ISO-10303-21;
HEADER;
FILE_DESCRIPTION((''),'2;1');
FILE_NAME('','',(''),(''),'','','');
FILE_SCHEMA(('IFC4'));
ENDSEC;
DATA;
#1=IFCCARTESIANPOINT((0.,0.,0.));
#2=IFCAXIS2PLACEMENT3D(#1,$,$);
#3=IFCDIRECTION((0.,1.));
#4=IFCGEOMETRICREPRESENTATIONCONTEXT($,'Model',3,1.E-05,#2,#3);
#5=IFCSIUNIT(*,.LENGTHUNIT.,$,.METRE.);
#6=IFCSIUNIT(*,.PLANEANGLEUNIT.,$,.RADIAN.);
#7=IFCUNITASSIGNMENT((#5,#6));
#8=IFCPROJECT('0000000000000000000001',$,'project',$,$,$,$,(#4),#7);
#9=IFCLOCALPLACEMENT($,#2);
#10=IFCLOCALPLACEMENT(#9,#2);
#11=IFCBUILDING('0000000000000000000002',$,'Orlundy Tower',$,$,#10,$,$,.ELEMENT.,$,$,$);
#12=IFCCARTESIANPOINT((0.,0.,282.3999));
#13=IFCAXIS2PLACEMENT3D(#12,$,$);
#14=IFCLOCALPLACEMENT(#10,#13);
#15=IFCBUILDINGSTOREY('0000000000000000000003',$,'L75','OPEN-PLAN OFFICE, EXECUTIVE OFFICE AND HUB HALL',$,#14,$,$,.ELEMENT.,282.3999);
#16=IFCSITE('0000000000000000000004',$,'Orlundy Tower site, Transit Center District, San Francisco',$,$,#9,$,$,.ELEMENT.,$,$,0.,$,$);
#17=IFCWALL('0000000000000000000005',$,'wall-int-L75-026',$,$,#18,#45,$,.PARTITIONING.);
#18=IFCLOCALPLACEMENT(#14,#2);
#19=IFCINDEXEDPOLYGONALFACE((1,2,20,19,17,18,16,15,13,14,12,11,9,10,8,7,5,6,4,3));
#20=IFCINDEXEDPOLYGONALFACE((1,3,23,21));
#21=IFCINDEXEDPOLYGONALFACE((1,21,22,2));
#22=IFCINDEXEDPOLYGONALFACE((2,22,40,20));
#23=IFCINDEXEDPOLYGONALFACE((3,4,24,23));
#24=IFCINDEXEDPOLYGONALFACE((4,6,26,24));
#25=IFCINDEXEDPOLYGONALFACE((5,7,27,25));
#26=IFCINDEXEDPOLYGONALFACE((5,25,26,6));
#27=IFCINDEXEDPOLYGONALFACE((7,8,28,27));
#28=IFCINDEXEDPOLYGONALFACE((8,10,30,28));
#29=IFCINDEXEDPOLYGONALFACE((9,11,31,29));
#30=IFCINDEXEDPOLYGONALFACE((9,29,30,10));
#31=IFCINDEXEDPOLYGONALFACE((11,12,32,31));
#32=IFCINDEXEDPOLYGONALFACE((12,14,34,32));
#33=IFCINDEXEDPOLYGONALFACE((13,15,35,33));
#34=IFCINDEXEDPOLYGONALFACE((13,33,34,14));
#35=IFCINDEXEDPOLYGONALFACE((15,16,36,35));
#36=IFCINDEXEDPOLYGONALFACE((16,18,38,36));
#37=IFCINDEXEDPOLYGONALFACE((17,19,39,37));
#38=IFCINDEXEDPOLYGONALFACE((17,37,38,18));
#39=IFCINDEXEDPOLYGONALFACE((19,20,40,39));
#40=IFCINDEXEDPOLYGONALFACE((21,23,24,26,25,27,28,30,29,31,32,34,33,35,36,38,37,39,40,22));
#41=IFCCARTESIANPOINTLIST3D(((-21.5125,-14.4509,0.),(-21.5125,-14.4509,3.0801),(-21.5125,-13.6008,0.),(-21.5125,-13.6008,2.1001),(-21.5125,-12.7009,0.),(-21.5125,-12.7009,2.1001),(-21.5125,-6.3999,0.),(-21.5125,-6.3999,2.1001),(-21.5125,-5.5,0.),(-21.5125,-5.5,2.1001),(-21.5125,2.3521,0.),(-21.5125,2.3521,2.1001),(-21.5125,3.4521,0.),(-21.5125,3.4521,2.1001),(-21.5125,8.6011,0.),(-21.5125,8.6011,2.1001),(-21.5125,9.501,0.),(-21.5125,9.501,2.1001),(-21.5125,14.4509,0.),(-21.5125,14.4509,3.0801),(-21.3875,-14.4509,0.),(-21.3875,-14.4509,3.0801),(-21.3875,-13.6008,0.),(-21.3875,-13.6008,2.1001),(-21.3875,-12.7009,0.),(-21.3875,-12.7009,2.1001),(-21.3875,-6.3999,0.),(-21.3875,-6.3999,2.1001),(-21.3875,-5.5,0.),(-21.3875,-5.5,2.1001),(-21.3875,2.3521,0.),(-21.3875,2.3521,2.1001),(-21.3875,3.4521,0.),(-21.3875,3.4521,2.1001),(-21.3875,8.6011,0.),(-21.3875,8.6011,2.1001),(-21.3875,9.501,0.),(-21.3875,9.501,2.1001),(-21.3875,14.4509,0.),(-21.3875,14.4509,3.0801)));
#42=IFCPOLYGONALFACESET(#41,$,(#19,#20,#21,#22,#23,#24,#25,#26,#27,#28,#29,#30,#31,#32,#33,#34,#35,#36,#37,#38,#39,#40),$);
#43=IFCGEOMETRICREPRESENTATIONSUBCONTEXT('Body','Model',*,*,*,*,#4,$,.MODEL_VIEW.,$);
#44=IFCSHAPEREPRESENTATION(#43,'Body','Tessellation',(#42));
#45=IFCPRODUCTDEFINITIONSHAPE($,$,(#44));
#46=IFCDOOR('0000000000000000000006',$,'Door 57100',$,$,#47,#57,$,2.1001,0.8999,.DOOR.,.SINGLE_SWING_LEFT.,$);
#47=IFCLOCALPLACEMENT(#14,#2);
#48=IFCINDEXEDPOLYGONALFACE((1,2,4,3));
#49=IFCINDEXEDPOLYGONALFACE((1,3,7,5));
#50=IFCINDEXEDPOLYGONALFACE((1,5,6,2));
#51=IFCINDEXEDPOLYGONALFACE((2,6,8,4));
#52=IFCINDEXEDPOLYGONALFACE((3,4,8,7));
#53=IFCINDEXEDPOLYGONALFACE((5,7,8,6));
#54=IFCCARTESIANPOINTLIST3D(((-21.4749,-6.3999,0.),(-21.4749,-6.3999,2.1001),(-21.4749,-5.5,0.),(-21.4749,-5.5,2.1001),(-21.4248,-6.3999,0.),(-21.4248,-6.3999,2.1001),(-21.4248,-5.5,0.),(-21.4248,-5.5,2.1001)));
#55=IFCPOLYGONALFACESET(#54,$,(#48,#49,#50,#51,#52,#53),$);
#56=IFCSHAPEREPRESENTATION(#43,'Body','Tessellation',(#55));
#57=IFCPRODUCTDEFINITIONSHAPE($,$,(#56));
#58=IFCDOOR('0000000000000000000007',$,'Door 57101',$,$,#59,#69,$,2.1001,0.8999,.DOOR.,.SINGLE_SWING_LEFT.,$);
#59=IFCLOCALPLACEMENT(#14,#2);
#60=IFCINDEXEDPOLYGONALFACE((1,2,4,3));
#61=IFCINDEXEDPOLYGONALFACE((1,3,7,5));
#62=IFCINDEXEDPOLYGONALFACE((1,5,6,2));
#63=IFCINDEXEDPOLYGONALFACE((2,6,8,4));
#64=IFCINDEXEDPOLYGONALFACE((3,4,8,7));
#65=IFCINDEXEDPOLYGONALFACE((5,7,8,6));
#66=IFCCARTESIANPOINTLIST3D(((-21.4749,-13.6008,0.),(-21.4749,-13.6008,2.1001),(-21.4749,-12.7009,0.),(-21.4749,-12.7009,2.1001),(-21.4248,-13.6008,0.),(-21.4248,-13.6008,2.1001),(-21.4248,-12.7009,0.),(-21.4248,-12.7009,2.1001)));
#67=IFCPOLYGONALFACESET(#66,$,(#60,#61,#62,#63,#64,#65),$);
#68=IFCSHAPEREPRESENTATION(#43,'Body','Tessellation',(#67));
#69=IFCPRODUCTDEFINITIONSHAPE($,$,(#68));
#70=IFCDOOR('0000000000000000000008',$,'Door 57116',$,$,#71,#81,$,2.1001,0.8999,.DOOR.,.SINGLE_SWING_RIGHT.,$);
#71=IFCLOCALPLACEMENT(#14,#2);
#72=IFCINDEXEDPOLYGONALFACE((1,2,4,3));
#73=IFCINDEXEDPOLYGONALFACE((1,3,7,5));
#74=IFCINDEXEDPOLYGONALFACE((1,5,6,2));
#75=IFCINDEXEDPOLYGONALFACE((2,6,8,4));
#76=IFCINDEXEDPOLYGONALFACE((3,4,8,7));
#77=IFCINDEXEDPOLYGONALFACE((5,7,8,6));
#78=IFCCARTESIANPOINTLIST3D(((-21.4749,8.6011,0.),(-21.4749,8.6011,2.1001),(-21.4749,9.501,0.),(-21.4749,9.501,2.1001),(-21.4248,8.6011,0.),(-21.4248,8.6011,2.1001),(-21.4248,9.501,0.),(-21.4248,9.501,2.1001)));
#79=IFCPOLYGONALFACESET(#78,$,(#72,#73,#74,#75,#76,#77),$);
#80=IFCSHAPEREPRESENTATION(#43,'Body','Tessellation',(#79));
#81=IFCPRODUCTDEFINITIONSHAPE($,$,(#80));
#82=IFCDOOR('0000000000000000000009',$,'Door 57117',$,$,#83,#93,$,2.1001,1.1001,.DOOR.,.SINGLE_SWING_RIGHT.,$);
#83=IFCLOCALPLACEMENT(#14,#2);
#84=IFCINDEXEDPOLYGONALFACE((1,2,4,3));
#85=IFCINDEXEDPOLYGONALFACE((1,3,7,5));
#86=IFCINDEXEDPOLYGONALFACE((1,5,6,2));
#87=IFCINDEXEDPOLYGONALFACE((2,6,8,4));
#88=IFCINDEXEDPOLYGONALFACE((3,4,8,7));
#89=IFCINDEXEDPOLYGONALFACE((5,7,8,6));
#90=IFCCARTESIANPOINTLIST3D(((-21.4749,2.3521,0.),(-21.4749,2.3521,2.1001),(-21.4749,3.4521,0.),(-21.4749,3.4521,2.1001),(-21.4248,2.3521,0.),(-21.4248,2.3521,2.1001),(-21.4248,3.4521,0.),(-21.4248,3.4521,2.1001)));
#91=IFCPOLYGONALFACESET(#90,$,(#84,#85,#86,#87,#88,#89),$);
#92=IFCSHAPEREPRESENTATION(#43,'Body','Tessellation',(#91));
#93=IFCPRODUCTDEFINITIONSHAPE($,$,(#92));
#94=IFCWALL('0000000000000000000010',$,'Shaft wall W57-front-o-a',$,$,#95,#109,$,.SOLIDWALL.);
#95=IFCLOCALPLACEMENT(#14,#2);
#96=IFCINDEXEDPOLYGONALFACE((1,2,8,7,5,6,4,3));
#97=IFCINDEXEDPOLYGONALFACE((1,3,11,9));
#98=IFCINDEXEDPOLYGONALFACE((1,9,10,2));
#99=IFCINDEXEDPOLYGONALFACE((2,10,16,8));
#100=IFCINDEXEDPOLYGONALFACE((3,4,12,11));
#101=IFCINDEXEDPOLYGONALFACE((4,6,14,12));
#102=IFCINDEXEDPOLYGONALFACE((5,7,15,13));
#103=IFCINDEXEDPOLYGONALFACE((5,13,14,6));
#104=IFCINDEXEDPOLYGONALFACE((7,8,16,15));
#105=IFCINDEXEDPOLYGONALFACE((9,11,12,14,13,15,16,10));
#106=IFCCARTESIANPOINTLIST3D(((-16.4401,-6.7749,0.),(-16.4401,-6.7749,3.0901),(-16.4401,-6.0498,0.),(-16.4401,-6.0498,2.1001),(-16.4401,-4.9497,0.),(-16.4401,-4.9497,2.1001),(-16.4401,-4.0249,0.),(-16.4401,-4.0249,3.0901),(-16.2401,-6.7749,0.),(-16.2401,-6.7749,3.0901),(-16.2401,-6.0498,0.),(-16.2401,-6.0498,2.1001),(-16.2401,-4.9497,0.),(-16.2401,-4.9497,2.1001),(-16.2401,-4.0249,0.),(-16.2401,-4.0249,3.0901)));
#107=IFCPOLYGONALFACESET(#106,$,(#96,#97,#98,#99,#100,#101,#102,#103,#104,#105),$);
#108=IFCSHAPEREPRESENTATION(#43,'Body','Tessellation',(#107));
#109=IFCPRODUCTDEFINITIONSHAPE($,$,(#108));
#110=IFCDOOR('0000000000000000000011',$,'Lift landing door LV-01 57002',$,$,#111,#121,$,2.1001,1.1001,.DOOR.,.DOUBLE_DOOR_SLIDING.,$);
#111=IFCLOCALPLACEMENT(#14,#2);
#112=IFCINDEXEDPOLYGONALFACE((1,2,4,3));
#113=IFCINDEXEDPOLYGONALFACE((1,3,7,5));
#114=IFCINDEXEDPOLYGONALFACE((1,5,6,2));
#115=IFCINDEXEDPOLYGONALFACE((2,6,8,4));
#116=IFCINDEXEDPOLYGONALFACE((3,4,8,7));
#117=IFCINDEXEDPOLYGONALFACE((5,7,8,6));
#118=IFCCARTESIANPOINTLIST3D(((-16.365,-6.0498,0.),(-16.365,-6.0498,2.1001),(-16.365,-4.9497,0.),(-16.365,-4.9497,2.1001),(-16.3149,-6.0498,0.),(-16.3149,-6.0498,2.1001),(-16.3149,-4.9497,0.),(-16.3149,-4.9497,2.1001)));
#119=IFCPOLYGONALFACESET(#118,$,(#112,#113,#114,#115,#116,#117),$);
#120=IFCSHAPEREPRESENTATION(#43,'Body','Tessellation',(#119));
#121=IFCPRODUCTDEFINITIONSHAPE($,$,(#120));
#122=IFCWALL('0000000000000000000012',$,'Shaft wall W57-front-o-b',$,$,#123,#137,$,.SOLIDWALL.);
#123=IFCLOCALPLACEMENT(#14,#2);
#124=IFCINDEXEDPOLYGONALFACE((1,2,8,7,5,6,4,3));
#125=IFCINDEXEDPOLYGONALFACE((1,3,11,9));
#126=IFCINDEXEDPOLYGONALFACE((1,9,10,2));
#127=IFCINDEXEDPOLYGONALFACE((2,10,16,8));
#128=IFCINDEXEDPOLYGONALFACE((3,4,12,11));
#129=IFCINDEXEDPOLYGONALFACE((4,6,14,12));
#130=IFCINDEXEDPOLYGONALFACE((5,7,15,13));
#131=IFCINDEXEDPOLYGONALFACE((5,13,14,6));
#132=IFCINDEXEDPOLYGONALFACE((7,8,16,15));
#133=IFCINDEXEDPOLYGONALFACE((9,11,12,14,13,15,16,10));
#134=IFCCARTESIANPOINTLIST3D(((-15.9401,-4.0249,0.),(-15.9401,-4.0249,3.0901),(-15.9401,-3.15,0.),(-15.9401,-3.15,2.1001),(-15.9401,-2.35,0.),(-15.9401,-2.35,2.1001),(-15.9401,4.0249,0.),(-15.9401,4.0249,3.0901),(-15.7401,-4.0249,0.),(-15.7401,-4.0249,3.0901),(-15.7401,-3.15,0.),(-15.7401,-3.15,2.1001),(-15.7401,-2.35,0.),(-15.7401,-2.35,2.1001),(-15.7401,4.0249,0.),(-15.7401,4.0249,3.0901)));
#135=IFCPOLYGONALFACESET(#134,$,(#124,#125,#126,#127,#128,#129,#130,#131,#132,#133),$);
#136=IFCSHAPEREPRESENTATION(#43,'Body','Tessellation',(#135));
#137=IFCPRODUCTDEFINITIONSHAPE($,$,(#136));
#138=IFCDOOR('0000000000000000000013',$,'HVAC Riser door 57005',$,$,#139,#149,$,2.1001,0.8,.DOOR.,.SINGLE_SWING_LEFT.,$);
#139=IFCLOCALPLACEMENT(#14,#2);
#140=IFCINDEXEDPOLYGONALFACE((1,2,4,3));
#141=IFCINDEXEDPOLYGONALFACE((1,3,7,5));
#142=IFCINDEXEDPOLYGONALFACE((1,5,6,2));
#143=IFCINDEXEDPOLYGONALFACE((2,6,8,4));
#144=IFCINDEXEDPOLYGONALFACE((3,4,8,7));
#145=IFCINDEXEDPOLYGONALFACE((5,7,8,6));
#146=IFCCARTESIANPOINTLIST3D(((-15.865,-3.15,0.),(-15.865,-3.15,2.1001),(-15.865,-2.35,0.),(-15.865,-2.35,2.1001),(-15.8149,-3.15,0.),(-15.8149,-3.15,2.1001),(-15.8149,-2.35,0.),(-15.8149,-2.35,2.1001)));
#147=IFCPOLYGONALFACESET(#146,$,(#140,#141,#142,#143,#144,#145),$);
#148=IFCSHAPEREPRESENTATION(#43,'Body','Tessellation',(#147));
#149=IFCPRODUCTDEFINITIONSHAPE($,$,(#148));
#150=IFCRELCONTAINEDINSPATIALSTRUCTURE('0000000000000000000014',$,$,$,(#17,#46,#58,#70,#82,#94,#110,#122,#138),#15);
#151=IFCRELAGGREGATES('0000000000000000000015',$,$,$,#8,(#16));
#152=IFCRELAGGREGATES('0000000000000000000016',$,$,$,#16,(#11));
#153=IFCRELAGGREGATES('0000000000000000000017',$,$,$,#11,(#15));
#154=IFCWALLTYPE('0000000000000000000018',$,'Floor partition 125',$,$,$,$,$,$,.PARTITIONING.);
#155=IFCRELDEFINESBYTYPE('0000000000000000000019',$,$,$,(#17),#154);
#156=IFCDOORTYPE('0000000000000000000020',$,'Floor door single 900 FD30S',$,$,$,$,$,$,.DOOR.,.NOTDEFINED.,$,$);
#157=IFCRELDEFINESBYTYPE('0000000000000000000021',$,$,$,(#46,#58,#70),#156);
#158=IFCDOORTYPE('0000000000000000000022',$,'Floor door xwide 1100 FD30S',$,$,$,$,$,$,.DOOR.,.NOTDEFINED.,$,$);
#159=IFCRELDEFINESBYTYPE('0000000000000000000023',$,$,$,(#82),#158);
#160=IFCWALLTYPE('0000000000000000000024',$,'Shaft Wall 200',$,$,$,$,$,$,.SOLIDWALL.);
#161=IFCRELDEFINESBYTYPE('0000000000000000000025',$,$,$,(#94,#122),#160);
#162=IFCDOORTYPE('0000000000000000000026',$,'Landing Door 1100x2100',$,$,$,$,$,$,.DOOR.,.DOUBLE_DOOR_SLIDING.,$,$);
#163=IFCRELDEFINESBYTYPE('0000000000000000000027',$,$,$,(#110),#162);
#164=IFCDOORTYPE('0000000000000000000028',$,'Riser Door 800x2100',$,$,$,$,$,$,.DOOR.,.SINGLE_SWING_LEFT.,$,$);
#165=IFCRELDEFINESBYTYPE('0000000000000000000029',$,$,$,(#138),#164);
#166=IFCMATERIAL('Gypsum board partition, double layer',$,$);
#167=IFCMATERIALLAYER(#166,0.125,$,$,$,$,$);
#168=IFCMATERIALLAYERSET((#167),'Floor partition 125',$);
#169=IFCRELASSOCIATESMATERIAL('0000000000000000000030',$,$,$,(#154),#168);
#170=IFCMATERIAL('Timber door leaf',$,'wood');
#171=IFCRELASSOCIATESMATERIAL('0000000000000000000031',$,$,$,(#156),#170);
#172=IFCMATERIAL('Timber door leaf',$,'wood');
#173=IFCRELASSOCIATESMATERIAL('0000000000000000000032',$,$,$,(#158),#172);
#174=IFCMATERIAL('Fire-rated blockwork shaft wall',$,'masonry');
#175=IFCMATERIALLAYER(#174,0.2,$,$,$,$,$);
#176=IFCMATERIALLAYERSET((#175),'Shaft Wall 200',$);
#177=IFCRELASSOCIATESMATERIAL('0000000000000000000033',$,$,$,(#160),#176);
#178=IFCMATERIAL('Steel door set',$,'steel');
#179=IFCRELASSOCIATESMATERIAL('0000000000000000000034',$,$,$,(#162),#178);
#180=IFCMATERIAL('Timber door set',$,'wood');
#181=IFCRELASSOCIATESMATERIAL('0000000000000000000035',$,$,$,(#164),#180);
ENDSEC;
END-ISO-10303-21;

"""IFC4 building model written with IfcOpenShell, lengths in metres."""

from ifc_helpers import new_model, si_unit, direction, frame, frame_2d, origin, place, context, subcontext, project, spatial, rectangle, extrude, material, layer, layer_set, type_object, element, fill, save


model = new_model("IFC4")

# Units and contexts
model_context = context("Model", 3, precision=1e-05, world=origin(), true_north=direction((0.0, 1.0)))
body_context = subcontext(model_context, "Body", "Model", "MODEL_VIEW")
ifc_project = project(units=[si_unit("LENGTHUNIT", "METRE"), si_unit("PLANEANGLEUNIT", "RADIAN")], contexts=[model_context])

# Site, building, storey
site_placement = place(None, origin())
site = spatial("IfcSite", under=ifc_project, at=site_placement, Name="Orlundy Tower site, Transit Center District, San Francisco", CompositionType="ELEMENT", RefElevation=0.0)
building_placement = place(site_placement, origin())
building = spatial("IfcBuilding", under=site, at=building_placement, Name="Orlundy Tower", CompositionType="ELEMENT")
storey_placement = place(building_placement, frame((0.0, 0.0, 282.3999)))
storey = spatial("IfcBuildingStorey", under=building, at=storey_placement, Name="L75", Description="OPEN-PLAN OFFICE, EXECUTIVE OFFICE AND HUB HALL", CompositionType="ELEMENT", Elevation=282.3999)

# Wall, openings, doors
ifc_material_1 = material(Name="Gypsum board partition, double layer")
ifc_layer_1 = layer(ifc_material_1, 0.125)
ifc_layer_set_1 = layer_set([ifc_layer_1], Name="Floor partition 125")
wall_type_1 = type_object("IfcWallType", Name="Floor partition 125", PredefinedType="PARTITIONING", material=ifc_layer_set_1)
wall_1_placement = place(storey_placement, frame((-21.45, -14.4509, 0.0), z_axis=(0.0, 0.0, 1.0), x_axis=(0.0, 1.0, 0.0)))
wall_1 = element("IfcWall", 1, at=wall_1_placement, inside=storey, type_object=wall_type_1, Name="wall-int-L75-026", PredefinedType="PARTITIONING", context=body_context, shape_type="SweptSolid", body=[
    extrude(rectangle(XDim=28.9019, YDim=0.125, at=frame_2d((14.4509, 0.0))), origin(), (0.0, 0.0, 1.0), 3.0801),
])
opening_1_placement = place(wall_1_placement, frame((8.051, 0.0, 0.0)))
opening_1 = element("IfcOpeningElement", 2, at=opening_1_placement, cuts=wall_1, PredefinedType="OPENING", context=body_context, shape_type="SweptSolid", body=[
    extrude(rectangle(XDim=0.8999, YDim=2.1001, at=frame_2d((0.45, 1.05))), frame((0.0, 0.0725, 0.0), z_axis=(0.0, -1.0, 0.0), x_axis=(1.0, 0.0, 0.0)), (0.0, 0.0, 1.0), 0.145),
])
opening_2_placement = place(wall_1_placement, frame((0.8501, 0.0, 0.0)))
opening_2 = element("IfcOpeningElement", 3, at=opening_2_placement, cuts=wall_1, PredefinedType="OPENING", context=body_context, shape_type="SweptSolid", body=[
    extrude(rectangle(XDim=0.8999, YDim=2.1001, at=frame_2d((0.45, 1.05))), frame((0.0, 0.0725, 0.0), z_axis=(0.0, -1.0, 0.0), x_axis=(1.0, 0.0, 0.0)), (0.0, 0.0, 1.0), 0.145),
])
opening_3_placement = place(wall_1_placement, frame((23.052, 0.0, 0.0)))
opening_3 = element("IfcOpeningElement", 4, at=opening_3_placement, cuts=wall_1, PredefinedType="OPENING", context=body_context, shape_type="SweptSolid", body=[
    extrude(rectangle(XDim=0.8999, YDim=2.1001, at=frame_2d((0.45, 1.05))), frame((0.0, 0.0725, 0.0), z_axis=(0.0, -1.0, 0.0), x_axis=(1.0, 0.0, 0.0)), (0.0, 0.0, 1.0), 0.145),
])
opening_4_placement = place(wall_1_placement, frame((16.803, 0.0, 0.0)))
opening_4 = element("IfcOpeningElement", 5, at=opening_4_placement, cuts=wall_1, PredefinedType="OPENING", context=body_context, shape_type="SweptSolid", body=[
    extrude(rectangle(XDim=1.1001, YDim=2.1001, at=frame_2d((0.55, 1.05))), frame((0.0, 0.0725, 0.0), z_axis=(0.0, -1.0, 0.0), x_axis=(1.0, 0.0, 0.0)), (0.0, 0.0, 1.0), 0.145),
])
ifc_material_2 = material(Name="Timber door leaf", Category="wood")
door_type_1 = type_object("IfcDoorType", Name="Floor door single 900 FD30S", OperationType="NOTDEFINED", PredefinedType="DOOR", material=ifc_material_2)
door_1_placement = place(opening_1_placement, origin())
door_1 = element("IfcDoor", 6, at=door_1_placement, inside=storey, type_object=door_type_1, Name="Door 57100", OperationType="SINGLE_SWING_LEFT", OverallHeight=2.1001, OverallWidth=0.8999, PredefinedType="DOOR", context=body_context, shape_type="SweptSolid", body=[
    extrude(rectangle(XDim=0.8999, YDim=2.1001, at=frame_2d((0.45, 1.05))), frame((0.0, 0.0249, 0.0), z_axis=(0.0, -1.0, 0.0), x_axis=(1.0, 0.0, 0.0)), (0.0, 0.0, 1.0), 0.05),
])
fill(opening_1, door_1)
door_2_placement = place(opening_2_placement, origin())
door_2 = element("IfcDoor", 7, at=door_2_placement, inside=storey, type_object=door_type_1, Name="Door 57101", OperationType="SINGLE_SWING_LEFT", OverallHeight=2.1001, OverallWidth=0.8999, PredefinedType="DOOR", context=body_context, shape_type="SweptSolid", body=[
    extrude(rectangle(XDim=0.8999, YDim=2.1001, at=frame_2d((0.45, 1.05))), frame((0.0, 0.0249, 0.0), z_axis=(0.0, -1.0, 0.0), x_axis=(1.0, 0.0, 0.0)), (0.0, 0.0, 1.0), 0.05),
])
fill(opening_2, door_2)
door_3_placement = place(opening_3_placement, origin())
door_3 = element("IfcDoor", 8, at=door_3_placement, inside=storey, type_object=door_type_1, Name="Door 57116", OperationType="SINGLE_SWING_RIGHT", OverallHeight=2.1001, OverallWidth=0.8999, PredefinedType="DOOR", context=body_context, shape_type="SweptSolid", body=[
    extrude(rectangle(XDim=0.8999, YDim=2.1001, at=frame_2d((0.45, 1.05))), frame((0.0, 0.0249, 0.0), z_axis=(0.0, -1.0, 0.0), x_axis=(1.0, 0.0, 0.0)), (0.0, 0.0, 1.0), 0.05),
])
fill(opening_3, door_3)
ifc_material_3 = material(Name="Timber door leaf", Category="wood")
door_type_2 = type_object("IfcDoorType", Name="Floor door xwide 1100 FD30S", OperationType="NOTDEFINED", PredefinedType="DOOR", material=ifc_material_3)
door_4_placement = place(opening_4_placement, origin())
door_4 = element("IfcDoor", 9, at=door_4_placement, inside=storey, type_object=door_type_2, Name="Door 57117", OperationType="SINGLE_SWING_RIGHT", OverallHeight=2.1001, OverallWidth=1.1001, PredefinedType="DOOR", context=body_context, shape_type="SweptSolid", body=[
    extrude(rectangle(XDim=1.1001, YDim=2.1001, at=frame_2d((0.55, 1.05))), frame((0.0, 0.0249, 0.0), z_axis=(0.0, -1.0, 0.0), x_axis=(1.0, 0.0, 0.0)), (0.0, 0.0, 1.0), 0.05),
])
fill(opening_4, door_4)

# Walls, openings, doors
ifc_material_4 = material(Name="Fire-rated blockwork shaft wall", Category="masonry")
ifc_layer_2 = layer(ifc_material_4, 0.2)
ifc_layer_set_2 = layer_set([ifc_layer_2], Name="Shaft Wall 200")
wall_type_2 = type_object("IfcWallType", Name="Shaft Wall 200", PredefinedType="SOLIDWALL", material=ifc_layer_set_2)
wall_2_placement = place(storey_placement, frame((-16.3401, -6.7749, 0.0), z_axis=(0.0, 0.0, 1.0), x_axis=(0.0, 1.0, 0.0)))
wall_2 = element("IfcWall", 10, at=wall_2_placement, inside=storey, type_object=wall_type_2, Name="Shaft wall W57-front-o-a", PredefinedType="SOLIDWALL", context=body_context, shape_type="SweptSolid", body=[
    extrude(rectangle(XDim=2.75, YDim=0.2, at=frame_2d((1.375, 0.0))), origin(), (0.0, 0.0, 1.0), 3.0901),
])
opening_5_placement = place(wall_2_placement, frame((0.7251, 0.0, 0.0)))
opening_5 = element("IfcOpeningElement", 11, at=opening_5_placement, cuts=wall_2, PredefinedType="OPENING", context=body_context, shape_type="SweptSolid", body=[
    extrude(rectangle(XDim=1.1001, YDim=2.1001, at=frame_2d((0.55, 1.05))), frame((0.0, 0.1101, 0.0), z_axis=(0.0, -1.0, 0.0), x_axis=(1.0, 0.0, 0.0)), (0.0, 0.0, 1.0), 0.2202),
])
ifc_material_5 = material(Name="Steel door set", Category="steel")
door_type_3 = type_object("IfcDoorType", Name="Landing Door 1100x2100", OperationType="DOUBLE_DOOR_SLIDING", PredefinedType="DOOR", material=ifc_material_5)
door_5_placement = place(opening_5_placement, origin())
door_5 = element("IfcDoor", 12, at=door_5_placement, inside=storey, type_object=door_type_3, Name="Lift landing door LV-01 57002", OperationType="DOUBLE_DOOR_SLIDING", OverallHeight=2.1001, OverallWidth=1.1001, PredefinedType="DOOR", context=body_context, shape_type="SweptSolid", body=[
    extrude(rectangle(XDim=1.1001, YDim=2.1001, at=frame_2d((0.55, 1.05))), frame((0.0, 0.0249, 0.0), z_axis=(0.0, -1.0, 0.0), x_axis=(1.0, 0.0, 0.0)), (0.0, 0.0, 1.0), 0.05),
])
fill(opening_5, door_5)
wall_3_placement = place(storey_placement, frame((-15.8401, -4.0249, 0.0), z_axis=(0.0, 0.0, 1.0), x_axis=(0.0, 1.0, 0.0)))
wall_3 = element("IfcWall", 13, at=wall_3_placement, inside=storey, type_object=wall_type_2, Name="Shaft wall W57-front-o-b", PredefinedType="SOLIDWALL", context=body_context, shape_type="SweptSolid", body=[
    extrude(rectangle(XDim=8.0498, YDim=0.2, at=frame_2d((4.0249, 0.0))), origin(), (0.0, 0.0, 1.0), 3.0901),
])
opening_6_placement = place(wall_3_placement, frame((0.875, 0.0, 0.0)))
opening_6 = element("IfcOpeningElement", 14, at=opening_6_placement, cuts=wall_3, PredefinedType="OPENING", context=body_context, shape_type="SweptSolid", body=[
    extrude(rectangle(XDim=0.8, YDim=2.1001, at=frame_2d((0.3999, 1.05))), frame((0.0, 0.1101, 0.0), z_axis=(0.0, -1.0, 0.0), x_axis=(1.0, 0.0, 0.0)), (0.0, 0.0, 1.0), 0.2202),
])
ifc_material_6 = material(Name="Timber door set", Category="wood")
door_type_4 = type_object("IfcDoorType", Name="Riser Door 800x2100", OperationType="SINGLE_SWING_LEFT", PredefinedType="DOOR", material=ifc_material_6)
door_6_placement = place(opening_6_placement, origin())
door_6 = element("IfcDoor", 15, at=door_6_placement, inside=storey, type_object=door_type_4, Name="HVAC Riser door 57005", OperationType="SINGLE_SWING_LEFT", OverallHeight=2.1001, OverallWidth=0.8, PredefinedType="DOOR", context=body_context, shape_type="SweptSolid", body=[
    extrude(rectangle(XDim=0.8, YDim=2.1001, at=frame_2d((0.3999, 1.05))), frame((0.0, 0.0249, 0.0), z_axis=(0.0, -1.0, 0.0), x_axis=(1.0, 0.0, 0.0)), (0.0, 0.0, 1.0), 0.05),
])
fill(opening_6, door_6)

save(model, "model.ifc")
